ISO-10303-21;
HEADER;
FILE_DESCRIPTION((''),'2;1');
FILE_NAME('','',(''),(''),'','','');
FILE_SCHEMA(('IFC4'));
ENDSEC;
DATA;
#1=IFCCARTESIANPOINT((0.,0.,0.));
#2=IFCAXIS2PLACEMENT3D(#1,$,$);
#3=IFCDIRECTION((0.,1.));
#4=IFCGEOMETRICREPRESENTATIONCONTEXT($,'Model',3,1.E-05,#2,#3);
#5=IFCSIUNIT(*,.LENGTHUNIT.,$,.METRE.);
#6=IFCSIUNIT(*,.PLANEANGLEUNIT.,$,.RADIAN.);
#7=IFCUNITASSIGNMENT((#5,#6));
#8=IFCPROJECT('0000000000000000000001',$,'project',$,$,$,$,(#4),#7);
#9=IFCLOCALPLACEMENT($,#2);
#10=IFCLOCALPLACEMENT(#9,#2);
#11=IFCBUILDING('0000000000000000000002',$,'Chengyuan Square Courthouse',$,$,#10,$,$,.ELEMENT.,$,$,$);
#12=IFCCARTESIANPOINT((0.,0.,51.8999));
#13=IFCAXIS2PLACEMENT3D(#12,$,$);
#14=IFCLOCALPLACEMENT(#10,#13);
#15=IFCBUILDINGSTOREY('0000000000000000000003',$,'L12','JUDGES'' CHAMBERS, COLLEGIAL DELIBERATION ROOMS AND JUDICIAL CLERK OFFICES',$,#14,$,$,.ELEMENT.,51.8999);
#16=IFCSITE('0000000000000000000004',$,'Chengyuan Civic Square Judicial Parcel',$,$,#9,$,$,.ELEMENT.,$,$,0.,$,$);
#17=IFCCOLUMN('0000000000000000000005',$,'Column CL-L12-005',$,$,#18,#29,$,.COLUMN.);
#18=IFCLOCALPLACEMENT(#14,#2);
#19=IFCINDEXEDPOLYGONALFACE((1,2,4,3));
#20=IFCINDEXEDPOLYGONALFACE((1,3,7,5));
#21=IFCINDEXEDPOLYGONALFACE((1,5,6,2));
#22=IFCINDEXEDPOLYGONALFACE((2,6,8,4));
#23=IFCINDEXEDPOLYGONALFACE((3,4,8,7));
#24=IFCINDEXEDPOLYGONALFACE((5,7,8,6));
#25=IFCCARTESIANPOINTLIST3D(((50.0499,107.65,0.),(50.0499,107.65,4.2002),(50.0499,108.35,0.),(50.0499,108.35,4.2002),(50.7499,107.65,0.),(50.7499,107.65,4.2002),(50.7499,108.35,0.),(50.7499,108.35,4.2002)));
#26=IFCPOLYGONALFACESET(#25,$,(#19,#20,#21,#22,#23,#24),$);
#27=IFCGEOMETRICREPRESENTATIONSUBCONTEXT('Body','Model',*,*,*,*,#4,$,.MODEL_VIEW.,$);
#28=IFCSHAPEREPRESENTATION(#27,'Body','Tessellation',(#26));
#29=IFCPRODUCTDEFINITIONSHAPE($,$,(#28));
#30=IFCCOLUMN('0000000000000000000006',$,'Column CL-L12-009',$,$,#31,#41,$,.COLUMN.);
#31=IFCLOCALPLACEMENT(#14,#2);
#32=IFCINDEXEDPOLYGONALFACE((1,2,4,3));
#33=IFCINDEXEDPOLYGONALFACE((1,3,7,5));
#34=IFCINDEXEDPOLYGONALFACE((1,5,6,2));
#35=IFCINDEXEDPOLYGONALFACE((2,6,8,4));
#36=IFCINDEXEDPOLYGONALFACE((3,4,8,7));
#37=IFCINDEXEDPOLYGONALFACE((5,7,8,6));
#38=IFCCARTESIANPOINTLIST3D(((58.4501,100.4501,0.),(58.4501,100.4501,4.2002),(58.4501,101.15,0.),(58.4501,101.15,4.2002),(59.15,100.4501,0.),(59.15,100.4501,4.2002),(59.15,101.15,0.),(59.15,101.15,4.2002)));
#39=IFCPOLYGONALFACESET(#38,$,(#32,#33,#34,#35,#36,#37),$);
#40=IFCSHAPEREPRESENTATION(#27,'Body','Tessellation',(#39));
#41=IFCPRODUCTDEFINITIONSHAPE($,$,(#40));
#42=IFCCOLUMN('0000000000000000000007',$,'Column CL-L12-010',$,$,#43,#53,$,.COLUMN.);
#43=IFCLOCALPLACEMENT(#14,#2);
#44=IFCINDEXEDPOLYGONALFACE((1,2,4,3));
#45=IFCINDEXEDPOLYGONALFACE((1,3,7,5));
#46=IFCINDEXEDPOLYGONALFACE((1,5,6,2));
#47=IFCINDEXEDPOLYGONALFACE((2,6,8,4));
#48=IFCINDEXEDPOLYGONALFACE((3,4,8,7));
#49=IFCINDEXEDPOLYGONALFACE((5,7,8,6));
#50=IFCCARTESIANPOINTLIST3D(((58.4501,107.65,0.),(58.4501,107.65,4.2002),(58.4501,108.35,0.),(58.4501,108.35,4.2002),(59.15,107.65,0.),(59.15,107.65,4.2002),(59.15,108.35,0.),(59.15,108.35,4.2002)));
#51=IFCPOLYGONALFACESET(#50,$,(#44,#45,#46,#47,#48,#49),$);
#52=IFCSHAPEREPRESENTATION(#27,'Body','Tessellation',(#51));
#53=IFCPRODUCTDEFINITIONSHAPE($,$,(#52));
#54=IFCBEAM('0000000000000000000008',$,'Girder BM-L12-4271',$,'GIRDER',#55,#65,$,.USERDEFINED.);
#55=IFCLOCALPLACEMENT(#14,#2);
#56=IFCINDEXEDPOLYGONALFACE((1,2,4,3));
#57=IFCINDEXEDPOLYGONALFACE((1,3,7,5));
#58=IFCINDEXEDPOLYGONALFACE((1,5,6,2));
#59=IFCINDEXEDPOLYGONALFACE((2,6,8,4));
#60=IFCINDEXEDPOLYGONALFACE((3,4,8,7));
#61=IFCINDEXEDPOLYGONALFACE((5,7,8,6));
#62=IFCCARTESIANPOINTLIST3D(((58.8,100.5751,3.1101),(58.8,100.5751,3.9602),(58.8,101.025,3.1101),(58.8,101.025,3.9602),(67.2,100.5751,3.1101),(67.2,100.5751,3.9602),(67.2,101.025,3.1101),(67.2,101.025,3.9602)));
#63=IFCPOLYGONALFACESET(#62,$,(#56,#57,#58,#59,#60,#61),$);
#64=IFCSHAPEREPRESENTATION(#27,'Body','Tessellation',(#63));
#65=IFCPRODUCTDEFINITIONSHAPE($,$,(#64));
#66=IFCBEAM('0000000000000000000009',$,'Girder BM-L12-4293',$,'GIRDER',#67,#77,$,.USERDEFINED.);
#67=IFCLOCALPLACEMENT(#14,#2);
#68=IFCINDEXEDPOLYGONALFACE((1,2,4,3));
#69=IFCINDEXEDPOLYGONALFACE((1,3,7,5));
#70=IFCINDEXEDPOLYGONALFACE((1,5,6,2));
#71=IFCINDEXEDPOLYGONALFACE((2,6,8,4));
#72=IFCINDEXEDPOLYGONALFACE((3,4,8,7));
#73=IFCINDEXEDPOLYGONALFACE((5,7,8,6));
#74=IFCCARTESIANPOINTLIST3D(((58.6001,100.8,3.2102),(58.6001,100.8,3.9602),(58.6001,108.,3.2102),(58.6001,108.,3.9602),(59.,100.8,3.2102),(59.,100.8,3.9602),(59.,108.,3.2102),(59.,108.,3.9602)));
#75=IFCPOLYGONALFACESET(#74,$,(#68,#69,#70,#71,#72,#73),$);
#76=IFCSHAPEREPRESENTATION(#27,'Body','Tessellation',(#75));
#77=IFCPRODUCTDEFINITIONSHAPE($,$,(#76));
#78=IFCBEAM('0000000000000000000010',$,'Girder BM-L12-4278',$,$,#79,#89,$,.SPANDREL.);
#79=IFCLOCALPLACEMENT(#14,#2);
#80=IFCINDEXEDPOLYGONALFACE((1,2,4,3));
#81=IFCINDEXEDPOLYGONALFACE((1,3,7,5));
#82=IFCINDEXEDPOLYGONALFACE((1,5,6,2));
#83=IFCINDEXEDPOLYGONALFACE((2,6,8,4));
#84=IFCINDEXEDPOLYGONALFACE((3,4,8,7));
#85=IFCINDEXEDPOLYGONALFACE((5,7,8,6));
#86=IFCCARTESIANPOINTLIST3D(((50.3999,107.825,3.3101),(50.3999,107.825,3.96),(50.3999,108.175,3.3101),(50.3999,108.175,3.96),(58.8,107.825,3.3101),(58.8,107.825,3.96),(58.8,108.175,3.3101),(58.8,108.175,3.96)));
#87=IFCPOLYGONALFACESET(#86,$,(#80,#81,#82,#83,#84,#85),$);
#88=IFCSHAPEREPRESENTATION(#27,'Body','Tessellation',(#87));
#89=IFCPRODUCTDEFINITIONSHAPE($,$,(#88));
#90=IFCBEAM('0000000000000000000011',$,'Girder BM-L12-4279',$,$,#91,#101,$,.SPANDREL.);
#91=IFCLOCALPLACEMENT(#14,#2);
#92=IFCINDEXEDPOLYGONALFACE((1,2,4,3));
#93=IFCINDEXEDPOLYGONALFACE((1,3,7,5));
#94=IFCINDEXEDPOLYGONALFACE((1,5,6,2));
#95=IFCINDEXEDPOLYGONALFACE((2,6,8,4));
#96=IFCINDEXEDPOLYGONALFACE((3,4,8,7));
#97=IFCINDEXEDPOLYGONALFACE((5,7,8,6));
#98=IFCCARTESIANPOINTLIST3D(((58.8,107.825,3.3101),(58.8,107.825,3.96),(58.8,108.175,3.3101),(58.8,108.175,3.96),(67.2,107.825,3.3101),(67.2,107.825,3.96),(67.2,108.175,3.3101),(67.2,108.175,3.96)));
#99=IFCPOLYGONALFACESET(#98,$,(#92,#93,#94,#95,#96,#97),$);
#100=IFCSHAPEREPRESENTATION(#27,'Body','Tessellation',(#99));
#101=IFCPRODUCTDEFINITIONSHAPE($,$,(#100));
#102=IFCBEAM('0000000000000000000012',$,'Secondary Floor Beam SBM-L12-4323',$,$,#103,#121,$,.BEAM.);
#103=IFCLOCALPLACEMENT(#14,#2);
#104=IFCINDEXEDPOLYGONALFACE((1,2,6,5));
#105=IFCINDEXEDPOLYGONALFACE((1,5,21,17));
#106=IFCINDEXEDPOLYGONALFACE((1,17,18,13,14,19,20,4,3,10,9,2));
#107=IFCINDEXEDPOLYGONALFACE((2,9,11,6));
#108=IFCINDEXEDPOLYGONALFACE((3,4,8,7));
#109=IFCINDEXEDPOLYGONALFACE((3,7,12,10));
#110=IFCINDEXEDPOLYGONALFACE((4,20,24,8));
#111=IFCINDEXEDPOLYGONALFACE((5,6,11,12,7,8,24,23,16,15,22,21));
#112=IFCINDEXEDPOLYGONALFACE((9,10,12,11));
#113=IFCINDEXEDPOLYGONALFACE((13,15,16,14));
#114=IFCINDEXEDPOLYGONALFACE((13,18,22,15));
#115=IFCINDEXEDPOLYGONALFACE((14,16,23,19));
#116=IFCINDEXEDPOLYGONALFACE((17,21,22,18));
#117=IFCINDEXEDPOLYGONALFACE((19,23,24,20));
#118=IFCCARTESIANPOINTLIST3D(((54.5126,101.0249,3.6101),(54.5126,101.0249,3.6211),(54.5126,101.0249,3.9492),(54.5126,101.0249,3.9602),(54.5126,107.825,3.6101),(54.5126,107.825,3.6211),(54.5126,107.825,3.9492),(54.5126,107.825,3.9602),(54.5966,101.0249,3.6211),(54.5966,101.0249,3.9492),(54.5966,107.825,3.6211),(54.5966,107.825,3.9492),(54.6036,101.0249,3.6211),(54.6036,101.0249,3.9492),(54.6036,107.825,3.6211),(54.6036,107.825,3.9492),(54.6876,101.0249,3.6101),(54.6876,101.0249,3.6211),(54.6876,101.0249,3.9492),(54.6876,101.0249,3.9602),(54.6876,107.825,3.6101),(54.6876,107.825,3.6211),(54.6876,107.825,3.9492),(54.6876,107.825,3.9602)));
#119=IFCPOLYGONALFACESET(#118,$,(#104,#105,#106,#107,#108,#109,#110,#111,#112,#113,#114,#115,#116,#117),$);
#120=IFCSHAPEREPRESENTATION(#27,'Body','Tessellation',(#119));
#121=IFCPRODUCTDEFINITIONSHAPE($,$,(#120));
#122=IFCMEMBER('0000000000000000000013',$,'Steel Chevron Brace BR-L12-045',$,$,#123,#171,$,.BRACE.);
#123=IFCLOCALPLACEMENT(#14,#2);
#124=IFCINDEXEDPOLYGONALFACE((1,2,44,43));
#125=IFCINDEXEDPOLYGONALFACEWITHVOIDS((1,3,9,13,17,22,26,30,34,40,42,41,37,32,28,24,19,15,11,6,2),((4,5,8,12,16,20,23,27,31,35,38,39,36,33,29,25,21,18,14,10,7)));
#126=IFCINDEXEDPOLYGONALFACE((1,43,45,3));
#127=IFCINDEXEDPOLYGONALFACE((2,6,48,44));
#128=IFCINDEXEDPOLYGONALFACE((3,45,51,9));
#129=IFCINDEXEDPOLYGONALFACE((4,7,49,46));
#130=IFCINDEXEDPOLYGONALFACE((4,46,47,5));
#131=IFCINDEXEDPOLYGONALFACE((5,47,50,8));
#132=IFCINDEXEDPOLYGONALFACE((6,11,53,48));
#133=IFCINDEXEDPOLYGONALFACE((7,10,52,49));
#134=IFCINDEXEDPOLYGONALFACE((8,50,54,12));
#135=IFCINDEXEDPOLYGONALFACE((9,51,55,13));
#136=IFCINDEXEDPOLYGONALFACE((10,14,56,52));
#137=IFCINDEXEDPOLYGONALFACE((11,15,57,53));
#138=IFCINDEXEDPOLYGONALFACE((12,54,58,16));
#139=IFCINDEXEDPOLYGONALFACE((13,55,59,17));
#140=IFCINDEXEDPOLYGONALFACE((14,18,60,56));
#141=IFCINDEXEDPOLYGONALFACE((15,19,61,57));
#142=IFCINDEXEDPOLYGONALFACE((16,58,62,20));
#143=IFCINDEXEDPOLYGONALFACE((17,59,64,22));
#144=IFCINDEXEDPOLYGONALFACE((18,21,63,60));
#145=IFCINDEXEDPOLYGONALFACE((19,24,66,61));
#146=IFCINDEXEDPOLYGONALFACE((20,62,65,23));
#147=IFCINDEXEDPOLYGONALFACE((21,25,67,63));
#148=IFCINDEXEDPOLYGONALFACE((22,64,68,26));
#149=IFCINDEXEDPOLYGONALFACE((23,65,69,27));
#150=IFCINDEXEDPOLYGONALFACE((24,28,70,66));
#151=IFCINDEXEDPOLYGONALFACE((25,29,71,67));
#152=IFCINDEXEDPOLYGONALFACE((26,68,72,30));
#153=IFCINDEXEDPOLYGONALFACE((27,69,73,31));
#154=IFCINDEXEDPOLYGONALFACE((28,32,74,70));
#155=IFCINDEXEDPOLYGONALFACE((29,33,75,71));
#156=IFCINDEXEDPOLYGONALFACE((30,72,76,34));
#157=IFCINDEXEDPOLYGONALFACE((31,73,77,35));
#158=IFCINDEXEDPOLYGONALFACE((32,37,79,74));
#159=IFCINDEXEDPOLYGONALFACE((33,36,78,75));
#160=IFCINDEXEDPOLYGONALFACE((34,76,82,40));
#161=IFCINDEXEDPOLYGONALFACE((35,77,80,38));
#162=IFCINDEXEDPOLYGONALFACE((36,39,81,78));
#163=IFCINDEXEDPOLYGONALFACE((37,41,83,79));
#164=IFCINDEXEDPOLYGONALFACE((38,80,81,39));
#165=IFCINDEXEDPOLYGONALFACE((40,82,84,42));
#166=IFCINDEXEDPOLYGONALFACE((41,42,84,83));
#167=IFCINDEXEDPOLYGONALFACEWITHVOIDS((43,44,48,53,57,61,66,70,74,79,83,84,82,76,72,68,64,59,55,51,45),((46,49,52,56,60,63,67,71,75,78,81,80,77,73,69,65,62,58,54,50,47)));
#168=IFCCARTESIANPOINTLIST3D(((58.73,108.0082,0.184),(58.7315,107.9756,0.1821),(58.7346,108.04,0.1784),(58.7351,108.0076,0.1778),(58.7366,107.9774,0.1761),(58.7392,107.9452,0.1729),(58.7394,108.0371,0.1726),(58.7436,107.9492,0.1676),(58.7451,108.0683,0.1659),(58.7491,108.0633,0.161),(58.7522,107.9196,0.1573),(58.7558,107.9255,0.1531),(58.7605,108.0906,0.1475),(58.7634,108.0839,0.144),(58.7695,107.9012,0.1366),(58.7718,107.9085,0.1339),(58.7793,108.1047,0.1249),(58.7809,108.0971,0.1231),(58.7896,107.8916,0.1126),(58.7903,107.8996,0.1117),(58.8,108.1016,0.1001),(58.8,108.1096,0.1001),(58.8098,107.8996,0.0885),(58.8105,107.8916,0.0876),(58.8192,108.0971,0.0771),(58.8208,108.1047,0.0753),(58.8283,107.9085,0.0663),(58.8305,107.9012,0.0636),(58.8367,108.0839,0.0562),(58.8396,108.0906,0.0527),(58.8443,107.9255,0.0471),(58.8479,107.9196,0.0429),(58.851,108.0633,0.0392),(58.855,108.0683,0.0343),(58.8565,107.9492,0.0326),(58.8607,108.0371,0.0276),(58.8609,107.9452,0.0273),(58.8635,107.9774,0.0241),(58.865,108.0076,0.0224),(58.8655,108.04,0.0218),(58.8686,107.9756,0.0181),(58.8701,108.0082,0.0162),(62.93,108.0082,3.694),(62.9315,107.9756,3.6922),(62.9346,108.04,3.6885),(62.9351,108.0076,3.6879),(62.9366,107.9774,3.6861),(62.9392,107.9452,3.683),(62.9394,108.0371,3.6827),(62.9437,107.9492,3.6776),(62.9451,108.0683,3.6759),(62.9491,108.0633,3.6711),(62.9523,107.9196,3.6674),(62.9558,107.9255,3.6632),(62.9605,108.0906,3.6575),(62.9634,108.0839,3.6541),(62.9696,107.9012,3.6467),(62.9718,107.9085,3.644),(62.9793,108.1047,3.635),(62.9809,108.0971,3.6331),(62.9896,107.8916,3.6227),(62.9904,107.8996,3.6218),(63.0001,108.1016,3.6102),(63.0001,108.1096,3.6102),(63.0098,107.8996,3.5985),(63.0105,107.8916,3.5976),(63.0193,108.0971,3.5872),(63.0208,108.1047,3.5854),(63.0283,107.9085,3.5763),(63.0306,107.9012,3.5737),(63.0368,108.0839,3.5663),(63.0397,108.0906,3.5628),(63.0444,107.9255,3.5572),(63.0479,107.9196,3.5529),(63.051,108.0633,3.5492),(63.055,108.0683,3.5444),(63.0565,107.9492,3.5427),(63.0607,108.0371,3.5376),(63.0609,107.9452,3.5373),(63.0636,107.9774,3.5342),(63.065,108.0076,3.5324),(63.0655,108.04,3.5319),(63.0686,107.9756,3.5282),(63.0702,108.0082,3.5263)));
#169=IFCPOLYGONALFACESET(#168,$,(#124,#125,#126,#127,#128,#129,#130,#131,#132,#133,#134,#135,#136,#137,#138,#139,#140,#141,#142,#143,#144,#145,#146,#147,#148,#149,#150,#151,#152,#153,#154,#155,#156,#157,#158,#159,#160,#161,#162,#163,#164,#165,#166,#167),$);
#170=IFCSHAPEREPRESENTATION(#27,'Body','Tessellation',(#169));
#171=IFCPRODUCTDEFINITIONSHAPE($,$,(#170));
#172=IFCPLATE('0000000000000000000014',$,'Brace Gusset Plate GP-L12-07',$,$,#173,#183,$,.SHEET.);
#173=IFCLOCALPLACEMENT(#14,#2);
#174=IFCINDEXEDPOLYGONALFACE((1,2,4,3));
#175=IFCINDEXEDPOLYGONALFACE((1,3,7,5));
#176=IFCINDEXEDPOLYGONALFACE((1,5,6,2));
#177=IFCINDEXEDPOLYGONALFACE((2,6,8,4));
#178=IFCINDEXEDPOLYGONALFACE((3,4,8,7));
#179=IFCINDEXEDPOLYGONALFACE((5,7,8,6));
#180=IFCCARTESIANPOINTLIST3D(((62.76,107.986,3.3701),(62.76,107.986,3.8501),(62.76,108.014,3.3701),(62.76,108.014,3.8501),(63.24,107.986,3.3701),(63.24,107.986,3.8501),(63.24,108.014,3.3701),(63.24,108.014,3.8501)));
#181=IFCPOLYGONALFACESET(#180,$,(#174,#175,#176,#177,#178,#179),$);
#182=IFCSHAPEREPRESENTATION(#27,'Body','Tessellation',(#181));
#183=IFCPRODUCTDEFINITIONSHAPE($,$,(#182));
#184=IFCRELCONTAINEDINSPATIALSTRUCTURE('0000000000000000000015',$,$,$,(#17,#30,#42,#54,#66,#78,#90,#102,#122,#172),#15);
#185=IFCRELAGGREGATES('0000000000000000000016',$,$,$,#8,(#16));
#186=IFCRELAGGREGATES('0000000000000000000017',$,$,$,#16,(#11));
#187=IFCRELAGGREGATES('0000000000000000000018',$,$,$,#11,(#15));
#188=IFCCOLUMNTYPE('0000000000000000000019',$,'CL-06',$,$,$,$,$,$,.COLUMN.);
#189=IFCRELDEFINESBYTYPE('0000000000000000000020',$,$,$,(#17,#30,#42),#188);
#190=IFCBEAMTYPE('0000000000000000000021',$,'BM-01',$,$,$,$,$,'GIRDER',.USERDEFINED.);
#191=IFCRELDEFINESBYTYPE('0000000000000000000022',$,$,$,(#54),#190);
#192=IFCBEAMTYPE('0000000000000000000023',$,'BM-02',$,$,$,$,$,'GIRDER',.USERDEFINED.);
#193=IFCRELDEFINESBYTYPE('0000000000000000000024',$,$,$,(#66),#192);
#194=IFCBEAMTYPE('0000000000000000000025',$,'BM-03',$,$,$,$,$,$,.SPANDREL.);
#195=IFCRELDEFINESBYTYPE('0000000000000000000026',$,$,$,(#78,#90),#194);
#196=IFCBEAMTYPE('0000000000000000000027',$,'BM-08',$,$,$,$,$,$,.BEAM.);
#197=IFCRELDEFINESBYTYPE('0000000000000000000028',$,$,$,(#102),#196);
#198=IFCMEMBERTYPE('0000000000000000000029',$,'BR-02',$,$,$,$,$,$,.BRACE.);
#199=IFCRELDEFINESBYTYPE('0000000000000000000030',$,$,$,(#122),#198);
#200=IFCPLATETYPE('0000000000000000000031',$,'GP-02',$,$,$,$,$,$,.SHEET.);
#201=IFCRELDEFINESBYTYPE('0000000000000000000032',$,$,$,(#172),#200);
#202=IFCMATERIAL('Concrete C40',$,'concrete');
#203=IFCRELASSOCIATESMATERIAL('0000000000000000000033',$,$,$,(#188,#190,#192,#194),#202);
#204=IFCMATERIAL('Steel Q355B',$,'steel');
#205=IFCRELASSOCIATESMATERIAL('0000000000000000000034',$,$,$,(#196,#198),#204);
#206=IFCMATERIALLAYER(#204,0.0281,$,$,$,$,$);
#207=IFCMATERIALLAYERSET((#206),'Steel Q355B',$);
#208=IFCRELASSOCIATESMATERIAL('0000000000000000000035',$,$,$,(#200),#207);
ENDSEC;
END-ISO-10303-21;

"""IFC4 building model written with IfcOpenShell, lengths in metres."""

from ifc_helpers import new_model, si_unit, direction, frame, origin, origin_2d, place, context, subcontext, project, spatial, rectangle, hollow_circle, i_section, extrude, material, layer, layer_set, material_profile, profile_set, type_object, element, save


model = new_model("IFC4")

# Units and contexts
model_context = context("Model", 3, precision=1e-05, world=origin(), true_north=direction((0.0, 1.0)))
body_context = subcontext(model_context, "Body", "Model", "MODEL_VIEW")
ifc_project = project(units=[si_unit("LENGTHUNIT", "METRE"), si_unit("PLANEANGLEUNIT", "RADIAN")], contexts=[model_context])

# Site, building, storey
site_placement = place(None, origin())
site = spatial("IfcSite", under=ifc_project, at=site_placement, Name="Chengyuan Civic Square Judicial Parcel", CompositionType="ELEMENT", RefElevation=0.0)
building_placement = place(site_placement, origin())
building = spatial("IfcBuilding", under=site, at=building_placement, Name="Chengyuan Square Courthouse", CompositionType="ELEMENT")
storey_placement = place(building_placement, frame((0.0, 0.0, 51.8999)))
storey = spatial("IfcBuildingStorey", under=building, at=storey_placement, Name="L12", Description="JUDGES' CHAMBERS, COLLEGIAL DELIBERATION ROOMS AND JUDICIAL CLERK OFFICES", CompositionType="ELEMENT", Elevation=51.8999)

# Columns
ifc_material_1 = material(Name="Concrete C40", Category="concrete")
ifc_material_profile_1 = material_profile(ifc_material_1, rectangle(XDim=0.7, YDim=0.7, at=origin_2d()), Name="RC-COL-700x700")
ifc_profile_set_1 = profile_set([ifc_material_profile_1], Name="Concrete C40")
column_type = type_object("IfcColumnType", Name="CL-06", PredefinedType="COLUMN", material=ifc_profile_set_1)
for number, where, z_axis, x_axis, name in (
    (1, (50.3999, 108.0, 0.0), (0.0, 0.0, 1.0), (1.0, 0.0, 0.0), "Column CL-L12-005"),
    (2, (58.8, 100.8, 0.0), (0.0, 0.0, 1.0), (1.0, 0.0, 0.0), "Column CL-L12-009"),
    (3, (58.8, 108.0, 0.0), (0.0, 0.0, 1.0), (1.0, 0.0, 0.0), "Column CL-L12-010"),
):
    element("IfcColumn", number, at=place(storey_placement, frame(where, z_axis=z_axis, x_axis=x_axis)), inside=storey, type_object=column_type, Name=name, PredefinedType="COLUMN", context=body_context, shape_type="SweptSolid", body=[
        extrude(rectangle(XDim=0.7, YDim=0.7, at=origin_2d()), origin(), (0.0, 0.0, 1.0), 4.2002),
    ])

# Beams
ifc_material_profile_2 = material_profile(ifc_material_1, rectangle(XDim=0.45, YDim=0.8501, at=origin_2d()), Name="RC-BM-450x850")
ifc_profile_set_2 = profile_set([ifc_material_profile_2], Name="Concrete C40")
beam_type_1 = type_object("IfcBeamType", Name="BM-01", ElementType="GIRDER", PredefinedType="USERDEFINED", material=ifc_profile_set_2)
beam_1_placement = place(storey_placement, frame((58.8, 100.8, 3.5352), z_axis=(1.0, 0.0, 0.0), x_axis=(0.0, 1.0, 0.0)))
element("IfcBeam", 4, at=beam_1_placement, inside=storey, type_object=beam_type_1, Name="Girder BM-L12-4271", ObjectType="GIRDER", PredefinedType="USERDEFINED", context=body_context, shape_type="SweptSolid", body=[
    extrude(rectangle(XDim=0.45, YDim=0.8501, at=origin_2d()), origin(), (0.0, 0.0, 1.0), 8.3999),
])
ifc_material_profile_3 = material_profile(ifc_material_1, rectangle(XDim=0.3999, YDim=0.75, at=origin_2d()), Name="RC-BM-400x750")
ifc_profile_set_3 = profile_set([ifc_material_profile_3], Name="Concrete C40")
beam_type_2 = type_object("IfcBeamType", Name="BM-02", ElementType="GIRDER", PredefinedType="USERDEFINED", material=ifc_profile_set_3)
beam_2_placement = place(storey_placement, frame((58.8, 100.8, 3.5852), z_axis=(0.0, 1.0, 0.0), x_axis=(-1.0, 0.0, 0.0)))
element("IfcBeam", 5, at=beam_2_placement, inside=storey, type_object=beam_type_2, Name="Girder BM-L12-4293", ObjectType="GIRDER", PredefinedType="USERDEFINED", context=body_context, shape_type="SweptSolid", body=[
    extrude(rectangle(XDim=0.3999, YDim=0.75, at=origin_2d()), origin(), (0.0, 0.0, 1.0), 7.2),
])
ifc_material_profile_4 = material_profile(ifc_material_1, rectangle(XDim=0.3501, YDim=0.6499, at=origin_2d()), Name="RC-BM-350x650")
ifc_profile_set_4 = profile_set([ifc_material_profile_4], Name="Concrete C40")
beam_type_3 = type_object("IfcBeamType", Name="BM-03", PredefinedType="SPANDREL", material=ifc_profile_set_4)
beam_3_placement = place(storey_placement, frame((50.3999, 108.0, 3.635), z_axis=(1.0, 0.0, 0.0), x_axis=(0.0, 1.0, 0.0)))
element("IfcBeam", 6, at=beam_3_placement, inside=storey, type_object=beam_type_3, Name="Girder BM-L12-4278", PredefinedType="SPANDREL", context=body_context, shape_type="SweptSolid", body=[
    extrude(rectangle(XDim=0.3501, YDim=0.6499, at=origin_2d()), origin(), (0.0, 0.0, 1.0), 8.4001),
])
beam_4_placement = place(storey_placement, frame((58.8, 108.0, 3.635), z_axis=(1.0, 0.0, 0.0), x_axis=(0.0, 1.0, 0.0)))
element("IfcBeam", 7, at=beam_4_placement, inside=storey, type_object=beam_type_3, Name="Girder BM-L12-4279", PredefinedType="SPANDREL", context=body_context, shape_type="SweptSolid", body=[
    extrude(rectangle(XDim=0.3501, YDim=0.6499, at=origin_2d()), origin(), (0.0, 0.0, 1.0), 8.3999),
])
ifc_material_2 = material(Name="Steel Q355B", Category="steel")
ifc_material_profile_5 = material_profile(ifc_material_2, i_section(OverallWidth=0.175, OverallDepth=0.3501, WebThickness=0.0071, FlangeThickness=0.011, at=origin_2d()), Name="HN 350x175x7x11")
ifc_profile_set_5 = profile_set([ifc_material_profile_5], Name="Steel Q355B")
beam_type_4 = type_object("IfcBeamType", Name="BM-08", PredefinedType="BEAM", material=ifc_profile_set_5)
beam_5_placement = place(storey_placement, frame((54.6001, 101.0249, 3.7852), z_axis=(0.0, 1.0, 0.0), x_axis=(-1.0, 0.0, 0.0)))
element("IfcBeam", 8, at=beam_5_placement, inside=storey, type_object=beam_type_4, Name="Secondary Floor Beam SBM-L12-4323", PredefinedType="BEAM", context=body_context, shape_type="SweptSolid", body=[
    extrude(i_section(OverallWidth=0.175, OverallDepth=0.3501, WebThickness=0.0071, FlangeThickness=0.011, at=origin_2d()), origin(), (0.0, 0.0, 1.0), 6.8),
])

# Member
ifc_material_profile_6 = material_profile(ifc_material_2, hollow_circle(Radius=0.1096, WallThickness=0.0081, at=origin_2d()), Name="CHS 219x8")
ifc_profile_set_6 = profile_set([ifc_material_profile_6], Name="Steel Q355B")
member_type = type_object("IfcMemberType", Name="BR-02", PredefinedType="BRACE", material=ifc_profile_set_6)
member_placement = place(storey_placement, frame((58.8, 108.0, 0.1001), z_axis=(0.767317, 0.0, 0.641267), x_axis=(0.0, 1.0, 0.0)))
element("IfcMember", 9, at=member_placement, inside=storey, type_object=member_type, Name="Steel Chevron Brace BR-L12-045", PredefinedType="BRACE", context=body_context, shape_type="SweptSolid", body=[
    extrude(hollow_circle(Radius=0.1096, WallThickness=0.0081, at=origin_2d()), origin(), (0.0, 0.0, 1.0), 5.4736),
])

# Plate
ifc_layer_1 = layer(ifc_material_2, 0.0281)
ifc_layer_set_1 = layer_set([ifc_layer_1], Name="Steel Q355B")
plate_type = type_object("IfcPlateType", Name="GP-02", PredefinedType="SHEET", material=ifc_layer_set_1)
plate_placement = place(storey_placement, frame((63.0, 108.0, 3.3701), z_axis=(0.0, 0.0, 1.0), x_axis=(1.0, 0.0, 0.0)))
element("IfcPlate", 10, at=plate_placement, inside=storey, type_object=plate_type, Name="Brace Gusset Plate GP-L12-07", PredefinedType="SHEET", context=body_context, shape_type="SweptSolid", body=[
    extrude(rectangle(XDim=0.48, YDim=0.0281, at=origin_2d()), origin(), (0.0, 0.0, 1.0), 0.48),
])

save(model, "model.ifc")
